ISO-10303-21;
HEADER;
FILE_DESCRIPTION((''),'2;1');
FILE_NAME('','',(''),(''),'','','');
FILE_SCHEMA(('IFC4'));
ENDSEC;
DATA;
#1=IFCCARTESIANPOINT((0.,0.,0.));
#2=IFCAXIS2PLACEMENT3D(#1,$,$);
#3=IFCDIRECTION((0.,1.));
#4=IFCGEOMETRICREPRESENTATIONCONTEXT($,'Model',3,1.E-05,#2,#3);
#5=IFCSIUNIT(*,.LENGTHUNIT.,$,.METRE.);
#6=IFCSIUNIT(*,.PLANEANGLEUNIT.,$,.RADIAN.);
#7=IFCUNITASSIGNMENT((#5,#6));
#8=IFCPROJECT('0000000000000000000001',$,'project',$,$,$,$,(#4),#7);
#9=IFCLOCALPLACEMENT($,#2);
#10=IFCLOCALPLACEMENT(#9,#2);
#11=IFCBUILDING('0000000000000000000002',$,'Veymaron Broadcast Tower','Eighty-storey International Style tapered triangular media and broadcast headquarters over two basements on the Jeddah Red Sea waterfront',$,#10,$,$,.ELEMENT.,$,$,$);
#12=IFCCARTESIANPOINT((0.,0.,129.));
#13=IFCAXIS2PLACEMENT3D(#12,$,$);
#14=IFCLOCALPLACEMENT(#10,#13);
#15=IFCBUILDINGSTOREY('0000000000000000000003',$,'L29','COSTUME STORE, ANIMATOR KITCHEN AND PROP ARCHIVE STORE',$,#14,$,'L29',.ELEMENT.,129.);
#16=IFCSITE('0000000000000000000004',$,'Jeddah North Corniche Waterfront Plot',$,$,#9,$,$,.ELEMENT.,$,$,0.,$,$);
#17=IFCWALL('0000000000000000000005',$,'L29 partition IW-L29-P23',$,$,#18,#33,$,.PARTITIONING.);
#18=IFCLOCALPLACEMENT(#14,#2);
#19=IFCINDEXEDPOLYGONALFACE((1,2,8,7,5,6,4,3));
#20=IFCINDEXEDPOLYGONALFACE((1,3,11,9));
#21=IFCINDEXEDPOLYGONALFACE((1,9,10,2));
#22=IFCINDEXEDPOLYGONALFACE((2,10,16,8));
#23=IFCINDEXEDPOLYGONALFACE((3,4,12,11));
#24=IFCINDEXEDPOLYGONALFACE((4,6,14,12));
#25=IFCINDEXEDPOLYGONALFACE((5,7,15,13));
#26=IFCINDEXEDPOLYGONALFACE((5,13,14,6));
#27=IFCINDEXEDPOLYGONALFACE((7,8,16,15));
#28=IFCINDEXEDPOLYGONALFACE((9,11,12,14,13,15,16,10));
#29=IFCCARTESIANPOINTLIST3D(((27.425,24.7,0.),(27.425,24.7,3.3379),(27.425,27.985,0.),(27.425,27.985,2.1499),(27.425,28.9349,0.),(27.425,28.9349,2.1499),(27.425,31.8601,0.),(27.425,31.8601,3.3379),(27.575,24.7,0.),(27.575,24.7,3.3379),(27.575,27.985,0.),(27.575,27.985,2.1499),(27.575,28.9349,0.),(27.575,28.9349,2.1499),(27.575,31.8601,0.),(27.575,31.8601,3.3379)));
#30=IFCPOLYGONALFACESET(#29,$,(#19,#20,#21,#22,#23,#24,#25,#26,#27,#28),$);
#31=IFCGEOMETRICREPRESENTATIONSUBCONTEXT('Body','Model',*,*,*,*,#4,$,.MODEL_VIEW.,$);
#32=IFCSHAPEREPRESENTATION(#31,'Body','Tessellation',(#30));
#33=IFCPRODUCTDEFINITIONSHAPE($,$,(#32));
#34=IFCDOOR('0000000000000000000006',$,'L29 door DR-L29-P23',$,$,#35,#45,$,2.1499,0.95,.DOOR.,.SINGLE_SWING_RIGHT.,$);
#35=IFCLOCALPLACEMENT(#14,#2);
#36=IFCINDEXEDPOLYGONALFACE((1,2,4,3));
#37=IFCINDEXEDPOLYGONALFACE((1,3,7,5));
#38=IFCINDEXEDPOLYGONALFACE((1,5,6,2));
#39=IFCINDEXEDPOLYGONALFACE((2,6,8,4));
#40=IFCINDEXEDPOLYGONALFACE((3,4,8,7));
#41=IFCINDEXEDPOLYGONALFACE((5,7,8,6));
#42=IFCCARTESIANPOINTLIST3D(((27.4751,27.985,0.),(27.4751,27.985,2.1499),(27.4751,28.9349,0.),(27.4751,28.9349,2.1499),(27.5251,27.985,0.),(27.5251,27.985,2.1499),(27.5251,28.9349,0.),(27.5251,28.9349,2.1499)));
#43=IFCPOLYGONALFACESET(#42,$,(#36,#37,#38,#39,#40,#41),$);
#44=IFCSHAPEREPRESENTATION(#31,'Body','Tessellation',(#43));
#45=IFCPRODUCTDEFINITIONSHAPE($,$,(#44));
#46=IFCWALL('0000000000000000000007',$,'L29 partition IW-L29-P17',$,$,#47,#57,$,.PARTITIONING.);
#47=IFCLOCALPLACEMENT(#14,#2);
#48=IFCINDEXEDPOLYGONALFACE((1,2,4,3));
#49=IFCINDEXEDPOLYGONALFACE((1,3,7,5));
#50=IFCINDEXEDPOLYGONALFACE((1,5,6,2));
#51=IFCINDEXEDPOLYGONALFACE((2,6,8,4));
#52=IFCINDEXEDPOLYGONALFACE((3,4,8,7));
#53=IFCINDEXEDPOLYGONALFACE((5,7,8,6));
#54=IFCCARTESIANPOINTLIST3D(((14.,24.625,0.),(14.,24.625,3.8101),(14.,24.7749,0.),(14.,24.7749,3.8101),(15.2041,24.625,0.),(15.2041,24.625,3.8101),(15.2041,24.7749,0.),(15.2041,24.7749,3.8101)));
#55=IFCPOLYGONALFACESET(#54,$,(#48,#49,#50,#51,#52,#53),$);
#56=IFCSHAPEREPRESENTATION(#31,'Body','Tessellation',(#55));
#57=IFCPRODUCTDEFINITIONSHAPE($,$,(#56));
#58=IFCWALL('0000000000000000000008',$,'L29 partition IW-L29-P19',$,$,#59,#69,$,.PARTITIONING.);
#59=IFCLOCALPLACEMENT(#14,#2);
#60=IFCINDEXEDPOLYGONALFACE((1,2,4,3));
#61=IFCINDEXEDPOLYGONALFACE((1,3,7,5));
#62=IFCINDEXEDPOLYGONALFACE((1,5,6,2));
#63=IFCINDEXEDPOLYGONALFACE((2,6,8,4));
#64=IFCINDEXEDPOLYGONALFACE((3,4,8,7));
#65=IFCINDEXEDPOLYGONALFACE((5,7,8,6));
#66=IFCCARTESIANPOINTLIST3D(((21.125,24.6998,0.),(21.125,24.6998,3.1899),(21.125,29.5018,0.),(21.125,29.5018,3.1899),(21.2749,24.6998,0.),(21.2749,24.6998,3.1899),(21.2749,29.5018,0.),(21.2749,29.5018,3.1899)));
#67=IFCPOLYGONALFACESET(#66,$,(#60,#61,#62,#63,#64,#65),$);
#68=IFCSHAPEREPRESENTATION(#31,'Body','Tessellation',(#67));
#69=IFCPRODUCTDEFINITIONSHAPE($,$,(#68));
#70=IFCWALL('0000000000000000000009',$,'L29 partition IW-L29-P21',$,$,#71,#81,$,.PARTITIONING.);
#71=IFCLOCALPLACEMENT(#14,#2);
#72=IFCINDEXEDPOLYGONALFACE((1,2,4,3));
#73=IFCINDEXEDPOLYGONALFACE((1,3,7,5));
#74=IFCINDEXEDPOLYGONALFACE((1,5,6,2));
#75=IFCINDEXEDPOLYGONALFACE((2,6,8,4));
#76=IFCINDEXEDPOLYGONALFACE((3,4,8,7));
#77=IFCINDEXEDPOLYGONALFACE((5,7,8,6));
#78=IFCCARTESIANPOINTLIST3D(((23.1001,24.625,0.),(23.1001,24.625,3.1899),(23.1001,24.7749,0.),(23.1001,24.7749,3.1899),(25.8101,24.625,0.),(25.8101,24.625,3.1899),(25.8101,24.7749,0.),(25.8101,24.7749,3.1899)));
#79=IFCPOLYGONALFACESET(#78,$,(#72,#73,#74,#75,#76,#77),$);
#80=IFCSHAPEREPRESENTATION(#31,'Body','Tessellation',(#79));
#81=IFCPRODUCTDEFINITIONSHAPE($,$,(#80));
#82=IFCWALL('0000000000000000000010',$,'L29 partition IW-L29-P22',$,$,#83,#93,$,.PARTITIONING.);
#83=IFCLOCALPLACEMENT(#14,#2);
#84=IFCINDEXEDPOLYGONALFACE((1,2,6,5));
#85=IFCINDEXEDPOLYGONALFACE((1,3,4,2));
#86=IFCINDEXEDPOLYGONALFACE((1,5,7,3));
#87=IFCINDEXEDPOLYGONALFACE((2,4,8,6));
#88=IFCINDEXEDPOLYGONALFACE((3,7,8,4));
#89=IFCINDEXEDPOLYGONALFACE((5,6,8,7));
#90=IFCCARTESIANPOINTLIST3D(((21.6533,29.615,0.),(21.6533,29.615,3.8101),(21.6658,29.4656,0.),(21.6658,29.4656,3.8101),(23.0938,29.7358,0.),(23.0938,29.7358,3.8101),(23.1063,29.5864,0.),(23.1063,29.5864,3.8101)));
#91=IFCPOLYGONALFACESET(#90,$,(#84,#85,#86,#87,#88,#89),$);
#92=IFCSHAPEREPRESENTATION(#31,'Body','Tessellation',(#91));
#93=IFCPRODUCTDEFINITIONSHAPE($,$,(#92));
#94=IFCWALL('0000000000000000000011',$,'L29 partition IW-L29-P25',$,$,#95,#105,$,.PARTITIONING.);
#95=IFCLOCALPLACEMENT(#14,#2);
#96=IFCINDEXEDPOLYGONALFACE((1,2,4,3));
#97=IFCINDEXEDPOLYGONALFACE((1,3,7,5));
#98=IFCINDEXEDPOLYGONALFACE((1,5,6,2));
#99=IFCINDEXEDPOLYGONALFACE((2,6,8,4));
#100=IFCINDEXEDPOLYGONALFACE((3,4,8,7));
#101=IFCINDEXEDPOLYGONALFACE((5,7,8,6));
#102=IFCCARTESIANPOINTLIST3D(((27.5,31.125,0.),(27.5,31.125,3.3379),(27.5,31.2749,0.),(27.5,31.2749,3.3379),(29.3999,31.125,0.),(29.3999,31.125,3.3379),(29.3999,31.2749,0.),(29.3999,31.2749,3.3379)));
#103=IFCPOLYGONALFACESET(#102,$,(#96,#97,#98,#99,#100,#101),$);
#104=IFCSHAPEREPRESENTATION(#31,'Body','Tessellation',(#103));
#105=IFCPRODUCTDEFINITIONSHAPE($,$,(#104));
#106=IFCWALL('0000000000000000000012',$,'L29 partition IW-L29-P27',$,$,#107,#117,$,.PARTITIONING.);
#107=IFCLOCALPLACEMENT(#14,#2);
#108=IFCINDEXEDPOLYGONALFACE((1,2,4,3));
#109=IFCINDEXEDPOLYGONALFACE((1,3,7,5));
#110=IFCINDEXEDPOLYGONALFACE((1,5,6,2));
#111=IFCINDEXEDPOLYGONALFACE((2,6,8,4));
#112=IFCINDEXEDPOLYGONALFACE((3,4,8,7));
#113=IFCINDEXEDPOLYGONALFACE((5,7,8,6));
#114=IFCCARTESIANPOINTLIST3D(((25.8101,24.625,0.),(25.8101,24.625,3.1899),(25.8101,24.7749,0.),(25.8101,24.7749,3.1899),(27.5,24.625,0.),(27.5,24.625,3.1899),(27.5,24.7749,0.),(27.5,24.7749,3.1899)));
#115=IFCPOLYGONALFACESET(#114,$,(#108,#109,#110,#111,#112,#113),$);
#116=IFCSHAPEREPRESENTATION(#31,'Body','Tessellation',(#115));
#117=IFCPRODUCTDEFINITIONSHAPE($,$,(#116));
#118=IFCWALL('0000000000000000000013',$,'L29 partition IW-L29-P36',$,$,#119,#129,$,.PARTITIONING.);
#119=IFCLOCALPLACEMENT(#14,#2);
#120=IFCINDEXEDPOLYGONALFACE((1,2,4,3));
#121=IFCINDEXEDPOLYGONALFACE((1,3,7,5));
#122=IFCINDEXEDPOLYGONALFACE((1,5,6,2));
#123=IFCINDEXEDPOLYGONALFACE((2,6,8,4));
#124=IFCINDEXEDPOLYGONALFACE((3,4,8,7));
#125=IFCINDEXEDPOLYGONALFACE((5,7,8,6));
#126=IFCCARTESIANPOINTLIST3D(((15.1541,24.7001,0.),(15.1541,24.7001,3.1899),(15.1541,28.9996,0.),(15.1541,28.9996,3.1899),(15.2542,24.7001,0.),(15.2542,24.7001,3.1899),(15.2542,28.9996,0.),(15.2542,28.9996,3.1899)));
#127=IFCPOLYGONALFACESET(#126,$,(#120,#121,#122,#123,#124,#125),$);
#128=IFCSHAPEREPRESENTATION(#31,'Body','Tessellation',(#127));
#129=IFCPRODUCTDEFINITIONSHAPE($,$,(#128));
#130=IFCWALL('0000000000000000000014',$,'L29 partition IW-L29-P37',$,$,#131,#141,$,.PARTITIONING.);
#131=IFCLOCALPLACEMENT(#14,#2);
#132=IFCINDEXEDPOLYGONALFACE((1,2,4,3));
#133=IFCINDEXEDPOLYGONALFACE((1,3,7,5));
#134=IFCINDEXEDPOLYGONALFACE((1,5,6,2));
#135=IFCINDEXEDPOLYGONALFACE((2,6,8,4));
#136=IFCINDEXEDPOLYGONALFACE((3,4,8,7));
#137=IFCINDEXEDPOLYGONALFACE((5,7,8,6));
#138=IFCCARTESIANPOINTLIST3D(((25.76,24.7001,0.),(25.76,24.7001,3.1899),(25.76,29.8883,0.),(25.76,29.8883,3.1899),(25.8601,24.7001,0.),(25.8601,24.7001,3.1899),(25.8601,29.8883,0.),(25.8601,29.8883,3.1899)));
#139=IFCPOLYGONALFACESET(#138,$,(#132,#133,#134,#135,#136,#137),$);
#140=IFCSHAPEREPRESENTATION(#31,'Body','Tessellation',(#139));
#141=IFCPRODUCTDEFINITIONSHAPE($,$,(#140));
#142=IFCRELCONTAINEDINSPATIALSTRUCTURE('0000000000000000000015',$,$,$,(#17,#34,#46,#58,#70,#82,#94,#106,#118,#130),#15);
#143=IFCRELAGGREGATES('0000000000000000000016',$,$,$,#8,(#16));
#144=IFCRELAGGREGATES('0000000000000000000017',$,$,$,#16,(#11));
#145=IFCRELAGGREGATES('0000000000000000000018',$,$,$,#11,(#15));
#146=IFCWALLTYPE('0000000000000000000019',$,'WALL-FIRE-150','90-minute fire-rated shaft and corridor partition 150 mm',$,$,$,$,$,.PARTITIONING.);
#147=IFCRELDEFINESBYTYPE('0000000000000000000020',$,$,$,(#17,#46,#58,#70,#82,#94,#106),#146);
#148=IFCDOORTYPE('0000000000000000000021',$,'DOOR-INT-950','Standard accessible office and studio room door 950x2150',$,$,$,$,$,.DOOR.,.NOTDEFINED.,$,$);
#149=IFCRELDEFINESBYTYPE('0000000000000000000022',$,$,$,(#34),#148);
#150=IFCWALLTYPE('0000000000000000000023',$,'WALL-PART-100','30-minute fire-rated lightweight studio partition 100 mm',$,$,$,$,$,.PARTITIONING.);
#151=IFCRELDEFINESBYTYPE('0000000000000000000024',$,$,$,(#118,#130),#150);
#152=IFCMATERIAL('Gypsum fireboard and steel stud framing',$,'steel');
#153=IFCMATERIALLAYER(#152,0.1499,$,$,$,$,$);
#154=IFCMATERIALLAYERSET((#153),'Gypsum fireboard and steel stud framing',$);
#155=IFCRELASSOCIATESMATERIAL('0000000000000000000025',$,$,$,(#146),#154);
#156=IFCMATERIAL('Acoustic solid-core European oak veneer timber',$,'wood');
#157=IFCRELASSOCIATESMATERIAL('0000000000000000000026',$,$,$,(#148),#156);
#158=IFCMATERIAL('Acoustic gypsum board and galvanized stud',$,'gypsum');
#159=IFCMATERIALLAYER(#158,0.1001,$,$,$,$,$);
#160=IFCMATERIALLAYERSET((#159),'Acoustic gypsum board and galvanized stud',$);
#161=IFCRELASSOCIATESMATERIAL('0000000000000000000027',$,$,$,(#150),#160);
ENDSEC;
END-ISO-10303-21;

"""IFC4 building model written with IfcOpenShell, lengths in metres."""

from ifc_helpers import new_model, si_unit, direction, frame, frame_2d, origin, place, context, subcontext, project, spatial, rectangle, extrude, material, layer, layer_set, type_object, element, fill, save


model = new_model("IFC4")

# Units and contexts
model_context = context("Model", 3, precision=1e-05, world=origin(), true_north=direction((0.0, 1.0)))
body_context = subcontext(model_context, "Body", "Model", "MODEL_VIEW")
ifc_project = project(units=[si_unit("LENGTHUNIT", "METRE"), si_unit("PLANEANGLEUNIT", "RADIAN")], contexts=[model_context])

# Site, building, storey
site_placement = place(None, origin())
site = spatial("IfcSite", under=ifc_project, at=site_placement, Name="Jeddah North Corniche Waterfront Plot", CompositionType="ELEMENT", RefElevation=0.0)
building_placement = place(site_placement, origin())
building = spatial("IfcBuilding", under=site, at=building_placement, Name="Veymaron Broadcast Tower", Description="Eighty-storey International Style tapered triangular media and broadcast headquarters over two basements on the Jeddah Red Sea waterfront", CompositionType="ELEMENT")
storey_placement = place(building_placement, frame((0.0, 0.0, 129.0)))
storey = spatial("IfcBuildingStorey", under=building, at=storey_placement, Name="L29", Description="COSTUME STORE, ANIMATOR KITCHEN AND PROP ARCHIVE STORE", LongName="L29", CompositionType="ELEMENT", Elevation=129.0)

# Wall, opening, door
ifc_material_1 = material(Name="Gypsum fireboard and steel stud framing", Category="steel")
ifc_layer_1 = layer(ifc_material_1, 0.1499)
ifc_layer_set_1 = layer_set([ifc_layer_1], Name="Gypsum fireboard and steel stud framing")
wall_type_1 = type_object("IfcWallType", Name="WALL-FIRE-150", Description="90-minute fire-rated shaft and corridor partition 150 mm", PredefinedType="PARTITIONING", material=ifc_layer_set_1)
ifc_material_2 = material(Name="Acoustic solid-core European oak veneer timber", Category="wood")
door_type = type_object("IfcDoorType", Name="DOOR-INT-950", Description="Standard accessible office and studio room door 950x2150", OperationType="NOTDEFINED", PredefinedType="DOOR", material=ifc_material_2)
wall_1_placement = place(storey_placement, frame((27.5, 24.7, 0.0), z_axis=(0.0, 0.0, 1.0), x_axis=(0.0, 1.0, 0.0)))
wall_1 = element("IfcWall", 1, at=wall_1_placement, inside=storey, type_object=wall_type_1, Name="L29 partition IW-L29-P23", PredefinedType="PARTITIONING", context=body_context, shape_type="SweptSolid", body=[
    extrude(rectangle(XDim=7.1602, YDim=0.1499, at=frame_2d((3.5801, 0.0))), origin(), (0.0, 0.0, 1.0), 3.3379),
])
opening_1_placement = place(wall_1_placement, frame((3.2849, 0.0, 0.0)))
opening_1 = element("IfcOpeningElement", 2, at=opening_1_placement, cuts=wall_1, PredefinedType="OPENING", context=body_context, shape_type="SweptSolid", body=[
    extrude(rectangle(XDim=0.95, YDim=2.1499, at=frame_2d((0.4751, 1.075))), frame((0.0, 0.085, 0.0), z_axis=(0.0, -1.0, 0.0), x_axis=(1.0, 0.0, 0.0)), (0.0, 0.0, 1.0), 0.1699),
])
door_1_placement = place(opening_1_placement, origin())
door_1 = element("IfcDoor", 3, at=door_1_placement, inside=storey, type_object=door_type, Name="L29 door DR-L29-P23", OperationType="SINGLE_SWING_RIGHT", OverallHeight=2.1499, OverallWidth=0.95, PredefinedType="DOOR", context=body_context, shape_type="SweptSolid", body=[
    extrude(rectangle(XDim=0.95, YDim=2.1499, at=frame_2d((0.4751, 1.075))), frame((0.0, 0.0249, 0.0), z_axis=(0.0, -1.0, 0.0), x_axis=(1.0, 0.0, 0.0)), (0.0, 0.0, 1.0), 0.05),
])
fill(opening_1, door_1)

# Walls
wall_2_placement = place(storey_placement, frame((14.0, 24.7, 0.0), z_axis=(0.0, 0.0, 1.0), x_axis=(1.0, 0.0, 0.0)))
element("IfcWall", 4, at=wall_2_placement, inside=storey, type_object=wall_type_1, Name="L29 partition IW-L29-P17", PredefinedType="PARTITIONING", context=body_context, shape_type="SweptSolid", body=[
    extrude(rectangle(XDim=1.2041, YDim=0.1499, at=frame_2d((0.6021, 0.0))), origin(), (0.0, 0.0, 1.0), 3.8101),
])
wall_3_placement = place(storey_placement, frame((21.2, 24.7, 0.0), z_axis=(0.0, 0.0, 1.0), x_axis=(0.0, 1.0, 0.0)))
element("IfcWall", 5, at=wall_3_placement, inside=storey, type_object=wall_type_1, Name="L29 partition IW-L29-P19", PredefinedType="PARTITIONING", context=body_context, shape_type="SweptSolid", body=[
    extrude(rectangle(XDim=4.802, YDim=0.1499, at=frame_2d((2.4009, 0.0))), origin(), (0.0, 0.0, 1.0), 3.1899),
])
wall_4_placement = place(storey_placement, frame((23.1001, 24.7, 0.0), z_axis=(0.0, 0.0, 1.0), x_axis=(1.0, 0.0, 0.0)))
element("IfcWall", 6, at=wall_4_placement, inside=storey, type_object=wall_type_1, Name="L29 partition IW-L29-P21", PredefinedType="PARTITIONING", context=body_context, shape_type="SweptSolid", body=[
    extrude(rectangle(XDim=2.71, YDim=0.1499, at=frame_2d((1.355, 0.0))), origin(), (0.0, 0.0, 1.0), 3.1899),
])
wall_5_placement = place(storey_placement, frame((21.6597, 29.5403, 0.0), z_axis=(0.0, 0.0, 1.0), x_axis=(0.996499, 0.083605, 0.0)))
element("IfcWall", 7, at=wall_5_placement, inside=storey, type_object=wall_type_1, Name="L29 partition IW-L29-P22", PredefinedType="PARTITIONING", context=body_context, shape_type="SweptSolid", body=[
    extrude(rectangle(XDim=1.4456, YDim=0.1499, at=frame_2d((0.7227, 0.0))), origin(), (0.0, 0.0, 1.0), 3.8101),
])
wall_6_placement = place(storey_placement, frame((27.5, 31.2, 0.0), z_axis=(0.0, 0.0, 1.0), x_axis=(1.0, 0.0, 0.0)))
element("IfcWall", 8, at=wall_6_placement, inside=storey, type_object=wall_type_1, Name="L29 partition IW-L29-P25", PredefinedType="PARTITIONING", context=body_context, shape_type="SweptSolid", body=[
    extrude(rectangle(XDim=1.8999, YDim=0.1499, at=frame_2d((0.95, 0.0))), origin(), (0.0, 0.0, 1.0), 3.3379),
])
wall_7_placement = place(storey_placement, frame((25.8101, 24.7, 0.0), z_axis=(0.0, 0.0, 1.0), x_axis=(1.0, 0.0, 0.0)))
element("IfcWall", 9, at=wall_7_placement, inside=storey, type_object=wall_type_1, Name="L29 partition IW-L29-P27", PredefinedType="PARTITIONING", context=body_context, shape_type="SweptSolid", body=[
    extrude(rectangle(XDim=1.6899, YDim=0.1499, at=frame_2d((0.845, 0.0))), origin(), (0.0, 0.0, 1.0), 3.1899),
])
ifc_material_3 = material(Name="Acoustic gypsum board and galvanized stud", Category="gypsum")
ifc_layer_2 = layer(ifc_material_3, 0.1001)
ifc_layer_set_2 = layer_set([ifc_layer_2], Name="Acoustic gypsum board and galvanized stud")
wall_type_2 = type_object("IfcWallType", Name="WALL-PART-100", Description="30-minute fire-rated lightweight studio partition 100 mm", PredefinedType="PARTITIONING", material=ifc_layer_set_2)
wall_8_placement = place(storey_placement, frame((15.2041, 24.7, 0.0), z_axis=(0.0, 0.0, 1.0), x_axis=(0.0, 1.0, 0.0)))
element("IfcWall", 10, at=wall_8_placement, inside=storey, type_object=wall_type_2, Name="L29 partition IW-L29-P36", PredefinedType="PARTITIONING", context=body_context, shape_type="SweptSolid", body=[
    extrude(rectangle(XDim=4.2996, YDim=0.1001, at=frame_2d((2.1499, 0.0))), origin(), (0.0, 0.0, 1.0), 3.1899),
])
wall_9_placement = place(storey_placement, frame((25.8101, 24.7, 0.0), z_axis=(0.0, 0.0, 1.0), x_axis=(0.0, 1.0, 0.0)))
element("IfcWall", 11, at=wall_9_placement, inside=storey, type_object=wall_type_2, Name="L29 partition IW-L29-P37", PredefinedType="PARTITIONING", context=body_context, shape_type="SweptSolid", body=[
    extrude(rectangle(XDim=5.1882, YDim=0.1001, at=frame_2d((2.5942, 0.0))), origin(), (0.0, 0.0, 1.0), 3.1899),
])

save(model, "model.ifc")
